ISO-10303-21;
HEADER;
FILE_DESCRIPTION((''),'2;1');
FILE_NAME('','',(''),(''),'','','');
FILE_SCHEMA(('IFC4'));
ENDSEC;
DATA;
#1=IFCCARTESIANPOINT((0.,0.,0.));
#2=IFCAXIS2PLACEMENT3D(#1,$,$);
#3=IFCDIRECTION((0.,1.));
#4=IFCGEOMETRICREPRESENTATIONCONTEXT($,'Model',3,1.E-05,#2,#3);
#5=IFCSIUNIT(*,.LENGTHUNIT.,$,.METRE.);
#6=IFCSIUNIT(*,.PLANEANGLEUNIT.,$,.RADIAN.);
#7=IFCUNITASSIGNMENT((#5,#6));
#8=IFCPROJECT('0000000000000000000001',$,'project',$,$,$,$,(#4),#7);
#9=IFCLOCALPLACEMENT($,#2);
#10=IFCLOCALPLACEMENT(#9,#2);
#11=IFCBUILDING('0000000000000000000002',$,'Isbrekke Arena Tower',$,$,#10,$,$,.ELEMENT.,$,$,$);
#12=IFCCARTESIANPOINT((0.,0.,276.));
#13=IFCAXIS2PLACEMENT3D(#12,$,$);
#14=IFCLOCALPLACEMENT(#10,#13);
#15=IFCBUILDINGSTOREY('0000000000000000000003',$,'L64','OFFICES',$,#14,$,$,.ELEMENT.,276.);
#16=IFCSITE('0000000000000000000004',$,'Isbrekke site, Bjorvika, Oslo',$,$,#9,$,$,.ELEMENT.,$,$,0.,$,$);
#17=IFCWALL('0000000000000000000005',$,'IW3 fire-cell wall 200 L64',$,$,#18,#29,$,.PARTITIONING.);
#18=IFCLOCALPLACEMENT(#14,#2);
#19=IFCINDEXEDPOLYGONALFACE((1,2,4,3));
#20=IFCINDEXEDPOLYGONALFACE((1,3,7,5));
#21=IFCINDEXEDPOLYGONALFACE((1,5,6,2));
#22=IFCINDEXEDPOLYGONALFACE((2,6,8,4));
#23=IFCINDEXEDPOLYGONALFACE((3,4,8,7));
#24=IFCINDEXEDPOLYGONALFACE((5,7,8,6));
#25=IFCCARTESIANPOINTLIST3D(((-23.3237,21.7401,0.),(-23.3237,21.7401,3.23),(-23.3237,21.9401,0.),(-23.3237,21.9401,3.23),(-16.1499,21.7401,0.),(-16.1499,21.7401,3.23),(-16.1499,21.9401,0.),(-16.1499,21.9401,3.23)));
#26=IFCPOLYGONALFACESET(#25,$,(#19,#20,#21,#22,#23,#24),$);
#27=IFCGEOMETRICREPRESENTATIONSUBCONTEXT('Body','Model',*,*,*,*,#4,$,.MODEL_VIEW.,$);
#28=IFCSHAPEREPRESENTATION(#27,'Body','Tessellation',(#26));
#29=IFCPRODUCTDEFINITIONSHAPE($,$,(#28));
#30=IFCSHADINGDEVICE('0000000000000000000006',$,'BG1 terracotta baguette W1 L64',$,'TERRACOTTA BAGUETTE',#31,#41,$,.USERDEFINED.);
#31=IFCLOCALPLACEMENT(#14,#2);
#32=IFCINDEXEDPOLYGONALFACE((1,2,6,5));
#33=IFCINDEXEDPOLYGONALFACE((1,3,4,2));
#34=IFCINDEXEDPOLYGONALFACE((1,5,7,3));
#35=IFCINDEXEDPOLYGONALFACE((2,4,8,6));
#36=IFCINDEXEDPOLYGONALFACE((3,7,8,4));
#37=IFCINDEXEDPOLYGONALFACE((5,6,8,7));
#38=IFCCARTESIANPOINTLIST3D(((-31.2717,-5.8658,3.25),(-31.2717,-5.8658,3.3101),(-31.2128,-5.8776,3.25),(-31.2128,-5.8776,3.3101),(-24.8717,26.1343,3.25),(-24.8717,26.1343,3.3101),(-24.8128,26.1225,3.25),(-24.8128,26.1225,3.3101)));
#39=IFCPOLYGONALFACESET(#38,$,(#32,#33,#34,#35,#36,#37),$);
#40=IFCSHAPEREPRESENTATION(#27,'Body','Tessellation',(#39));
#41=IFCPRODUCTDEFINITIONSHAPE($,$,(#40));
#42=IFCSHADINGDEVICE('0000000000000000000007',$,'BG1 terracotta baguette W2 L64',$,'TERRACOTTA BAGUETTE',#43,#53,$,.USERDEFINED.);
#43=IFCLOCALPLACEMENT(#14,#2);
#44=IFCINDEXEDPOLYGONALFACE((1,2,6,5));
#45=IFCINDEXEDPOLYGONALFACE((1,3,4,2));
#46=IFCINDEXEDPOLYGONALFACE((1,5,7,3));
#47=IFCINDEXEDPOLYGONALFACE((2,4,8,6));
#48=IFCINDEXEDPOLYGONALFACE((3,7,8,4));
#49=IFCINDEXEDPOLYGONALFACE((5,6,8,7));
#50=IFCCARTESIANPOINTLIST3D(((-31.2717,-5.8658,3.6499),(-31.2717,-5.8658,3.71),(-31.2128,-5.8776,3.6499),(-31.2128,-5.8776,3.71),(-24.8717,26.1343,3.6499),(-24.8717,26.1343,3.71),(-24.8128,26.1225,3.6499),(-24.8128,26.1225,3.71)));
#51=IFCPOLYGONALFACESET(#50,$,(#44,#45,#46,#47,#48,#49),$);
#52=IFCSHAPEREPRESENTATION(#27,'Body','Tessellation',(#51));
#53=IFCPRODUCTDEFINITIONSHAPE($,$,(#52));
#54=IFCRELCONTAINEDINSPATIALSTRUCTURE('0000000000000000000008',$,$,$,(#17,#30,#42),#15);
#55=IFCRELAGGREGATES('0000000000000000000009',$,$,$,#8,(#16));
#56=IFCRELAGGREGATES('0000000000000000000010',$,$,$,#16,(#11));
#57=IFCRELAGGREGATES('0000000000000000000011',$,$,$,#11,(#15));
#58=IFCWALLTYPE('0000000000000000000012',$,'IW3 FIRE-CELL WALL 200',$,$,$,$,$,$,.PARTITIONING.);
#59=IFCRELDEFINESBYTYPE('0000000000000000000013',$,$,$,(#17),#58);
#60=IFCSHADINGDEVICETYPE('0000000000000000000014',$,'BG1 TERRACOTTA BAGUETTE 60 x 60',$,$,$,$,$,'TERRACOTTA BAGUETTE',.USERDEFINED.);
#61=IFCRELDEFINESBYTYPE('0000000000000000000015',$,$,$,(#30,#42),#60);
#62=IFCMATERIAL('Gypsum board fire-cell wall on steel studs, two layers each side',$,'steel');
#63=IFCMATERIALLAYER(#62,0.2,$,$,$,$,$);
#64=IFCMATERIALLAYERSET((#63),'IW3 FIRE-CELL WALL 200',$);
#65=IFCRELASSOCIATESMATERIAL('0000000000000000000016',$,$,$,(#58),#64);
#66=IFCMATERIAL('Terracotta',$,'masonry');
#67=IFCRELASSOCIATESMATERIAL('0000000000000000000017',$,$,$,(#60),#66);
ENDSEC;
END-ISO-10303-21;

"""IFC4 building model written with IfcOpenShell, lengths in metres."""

from ifc_helpers import new_model, si_unit, direction, frame, frame_2d, origin, origin_2d, place, context, subcontext, project, spatial, rectangle, extrude, material, layer, layer_set, material_profile, profile_set, type_object, element, save


model = new_model("IFC4")

# Units and contexts
model_context = context("Model", 3, precision=1e-05, world=origin(), true_north=direction((0.0, 1.0)))
body_context = subcontext(model_context, "Body", "Model", "MODEL_VIEW")
ifc_project = project(units=[si_unit("LENGTHUNIT", "METRE"), si_unit("PLANEANGLEUNIT", "RADIAN")], contexts=[model_context])

# Site, building, storey
site_placement = place(None, origin())
site = spatial("IfcSite", under=ifc_project, at=site_placement, Name="Isbrekke site, Bjorvika, Oslo", CompositionType="ELEMENT", RefElevation=0.0)
building_placement = place(site_placement, origin())
building = spatial("IfcBuilding", under=site, at=building_placement, Name="Isbrekke Arena Tower", CompositionType="ELEMENT")
storey_placement = place(building_placement, frame((0.0, 0.0, 276.0)))
storey = spatial("IfcBuildingStorey", under=building, at=storey_placement, Name="L64", Description="OFFICES", CompositionType="ELEMENT", Elevation=276.0)

# Wall
ifc_material_1 = material(Name="Gypsum board fire-cell wall on steel studs, two layers each side", Category="steel")
ifc_layer_1 = layer(ifc_material_1, 0.2)
ifc_layer_set_1 = layer_set([ifc_layer_1], Name="IW3 FIRE-CELL WALL 200")
wall_type = type_object("IfcWallType", Name="IW3 FIRE-CELL WALL 200", PredefinedType="PARTITIONING", material=ifc_layer_set_1)
wall_1_placement = place(storey_placement, frame((-23.3237, 21.8401, 0.0), z_axis=(0.0, 0.0, 1.0), x_axis=(1.0, 0.0, 0.0)))
element("IfcWall", 1, at=wall_1_placement, inside=storey, type_object=wall_type, Name="IW3 fire-cell wall 200 L64", PredefinedType="PARTITIONING", context=body_context, shape_type="SweptSolid", body=[
    extrude(rectangle(XDim=7.1738, YDim=0.2, at=frame_2d((3.5869, 0.0))), origin(), (0.0, 0.0, 1.0), 3.23),
])

# Shading devices
ifc_material_2 = material(Name="Terracotta", Category="masonry")
ifc_material_profile_1 = material_profile(ifc_material_2, rectangle(XDim=0.0601, YDim=0.0601, at=origin_2d()), Name="BAGUETTE 60X60")
ifc_profile_set_1 = profile_set([ifc_material_profile_1], Name="Terracotta")
shading_device_type = type_object("IfcShadingDeviceType", Name="BG1 TERRACOTTA BAGUETTE 60 x 60", ElementType="TERRACOTTA BAGUETTE", PredefinedType="USERDEFINED", material=ifc_profile_set_1)
for number, where, z_axis, x_axis, name in (
    (2, (-24.8423, 26.1284, 3.28), (-0.196113, -0.980581, 0.0), (0.980581, -0.196113, 0.0), "BG1 terracotta baguette W1 L64"),
    (3, (-24.8423, 26.1284, 3.6799), (-0.196113, -0.980581, 0.0), (0.980581, -0.196113, 0.0), "BG1 terracotta baguette W2 L64"),
):
    element("IfcShadingDevice", number, at=place(storey_placement, frame(where, z_axis=z_axis, x_axis=x_axis)), inside=storey, type_object=shading_device_type, Name=name, ObjectType="TERRACOTTA BAGUETTE", PredefinedType="USERDEFINED", context=body_context, shape_type="SweptSolid", body=[
        extrude(rectangle(XDim=0.0601, YDim=0.0601, at=origin_2d()), origin(), (0.0, 0.0, 1.0), 32.6338),
    ])

save(model, "model.ifc")
